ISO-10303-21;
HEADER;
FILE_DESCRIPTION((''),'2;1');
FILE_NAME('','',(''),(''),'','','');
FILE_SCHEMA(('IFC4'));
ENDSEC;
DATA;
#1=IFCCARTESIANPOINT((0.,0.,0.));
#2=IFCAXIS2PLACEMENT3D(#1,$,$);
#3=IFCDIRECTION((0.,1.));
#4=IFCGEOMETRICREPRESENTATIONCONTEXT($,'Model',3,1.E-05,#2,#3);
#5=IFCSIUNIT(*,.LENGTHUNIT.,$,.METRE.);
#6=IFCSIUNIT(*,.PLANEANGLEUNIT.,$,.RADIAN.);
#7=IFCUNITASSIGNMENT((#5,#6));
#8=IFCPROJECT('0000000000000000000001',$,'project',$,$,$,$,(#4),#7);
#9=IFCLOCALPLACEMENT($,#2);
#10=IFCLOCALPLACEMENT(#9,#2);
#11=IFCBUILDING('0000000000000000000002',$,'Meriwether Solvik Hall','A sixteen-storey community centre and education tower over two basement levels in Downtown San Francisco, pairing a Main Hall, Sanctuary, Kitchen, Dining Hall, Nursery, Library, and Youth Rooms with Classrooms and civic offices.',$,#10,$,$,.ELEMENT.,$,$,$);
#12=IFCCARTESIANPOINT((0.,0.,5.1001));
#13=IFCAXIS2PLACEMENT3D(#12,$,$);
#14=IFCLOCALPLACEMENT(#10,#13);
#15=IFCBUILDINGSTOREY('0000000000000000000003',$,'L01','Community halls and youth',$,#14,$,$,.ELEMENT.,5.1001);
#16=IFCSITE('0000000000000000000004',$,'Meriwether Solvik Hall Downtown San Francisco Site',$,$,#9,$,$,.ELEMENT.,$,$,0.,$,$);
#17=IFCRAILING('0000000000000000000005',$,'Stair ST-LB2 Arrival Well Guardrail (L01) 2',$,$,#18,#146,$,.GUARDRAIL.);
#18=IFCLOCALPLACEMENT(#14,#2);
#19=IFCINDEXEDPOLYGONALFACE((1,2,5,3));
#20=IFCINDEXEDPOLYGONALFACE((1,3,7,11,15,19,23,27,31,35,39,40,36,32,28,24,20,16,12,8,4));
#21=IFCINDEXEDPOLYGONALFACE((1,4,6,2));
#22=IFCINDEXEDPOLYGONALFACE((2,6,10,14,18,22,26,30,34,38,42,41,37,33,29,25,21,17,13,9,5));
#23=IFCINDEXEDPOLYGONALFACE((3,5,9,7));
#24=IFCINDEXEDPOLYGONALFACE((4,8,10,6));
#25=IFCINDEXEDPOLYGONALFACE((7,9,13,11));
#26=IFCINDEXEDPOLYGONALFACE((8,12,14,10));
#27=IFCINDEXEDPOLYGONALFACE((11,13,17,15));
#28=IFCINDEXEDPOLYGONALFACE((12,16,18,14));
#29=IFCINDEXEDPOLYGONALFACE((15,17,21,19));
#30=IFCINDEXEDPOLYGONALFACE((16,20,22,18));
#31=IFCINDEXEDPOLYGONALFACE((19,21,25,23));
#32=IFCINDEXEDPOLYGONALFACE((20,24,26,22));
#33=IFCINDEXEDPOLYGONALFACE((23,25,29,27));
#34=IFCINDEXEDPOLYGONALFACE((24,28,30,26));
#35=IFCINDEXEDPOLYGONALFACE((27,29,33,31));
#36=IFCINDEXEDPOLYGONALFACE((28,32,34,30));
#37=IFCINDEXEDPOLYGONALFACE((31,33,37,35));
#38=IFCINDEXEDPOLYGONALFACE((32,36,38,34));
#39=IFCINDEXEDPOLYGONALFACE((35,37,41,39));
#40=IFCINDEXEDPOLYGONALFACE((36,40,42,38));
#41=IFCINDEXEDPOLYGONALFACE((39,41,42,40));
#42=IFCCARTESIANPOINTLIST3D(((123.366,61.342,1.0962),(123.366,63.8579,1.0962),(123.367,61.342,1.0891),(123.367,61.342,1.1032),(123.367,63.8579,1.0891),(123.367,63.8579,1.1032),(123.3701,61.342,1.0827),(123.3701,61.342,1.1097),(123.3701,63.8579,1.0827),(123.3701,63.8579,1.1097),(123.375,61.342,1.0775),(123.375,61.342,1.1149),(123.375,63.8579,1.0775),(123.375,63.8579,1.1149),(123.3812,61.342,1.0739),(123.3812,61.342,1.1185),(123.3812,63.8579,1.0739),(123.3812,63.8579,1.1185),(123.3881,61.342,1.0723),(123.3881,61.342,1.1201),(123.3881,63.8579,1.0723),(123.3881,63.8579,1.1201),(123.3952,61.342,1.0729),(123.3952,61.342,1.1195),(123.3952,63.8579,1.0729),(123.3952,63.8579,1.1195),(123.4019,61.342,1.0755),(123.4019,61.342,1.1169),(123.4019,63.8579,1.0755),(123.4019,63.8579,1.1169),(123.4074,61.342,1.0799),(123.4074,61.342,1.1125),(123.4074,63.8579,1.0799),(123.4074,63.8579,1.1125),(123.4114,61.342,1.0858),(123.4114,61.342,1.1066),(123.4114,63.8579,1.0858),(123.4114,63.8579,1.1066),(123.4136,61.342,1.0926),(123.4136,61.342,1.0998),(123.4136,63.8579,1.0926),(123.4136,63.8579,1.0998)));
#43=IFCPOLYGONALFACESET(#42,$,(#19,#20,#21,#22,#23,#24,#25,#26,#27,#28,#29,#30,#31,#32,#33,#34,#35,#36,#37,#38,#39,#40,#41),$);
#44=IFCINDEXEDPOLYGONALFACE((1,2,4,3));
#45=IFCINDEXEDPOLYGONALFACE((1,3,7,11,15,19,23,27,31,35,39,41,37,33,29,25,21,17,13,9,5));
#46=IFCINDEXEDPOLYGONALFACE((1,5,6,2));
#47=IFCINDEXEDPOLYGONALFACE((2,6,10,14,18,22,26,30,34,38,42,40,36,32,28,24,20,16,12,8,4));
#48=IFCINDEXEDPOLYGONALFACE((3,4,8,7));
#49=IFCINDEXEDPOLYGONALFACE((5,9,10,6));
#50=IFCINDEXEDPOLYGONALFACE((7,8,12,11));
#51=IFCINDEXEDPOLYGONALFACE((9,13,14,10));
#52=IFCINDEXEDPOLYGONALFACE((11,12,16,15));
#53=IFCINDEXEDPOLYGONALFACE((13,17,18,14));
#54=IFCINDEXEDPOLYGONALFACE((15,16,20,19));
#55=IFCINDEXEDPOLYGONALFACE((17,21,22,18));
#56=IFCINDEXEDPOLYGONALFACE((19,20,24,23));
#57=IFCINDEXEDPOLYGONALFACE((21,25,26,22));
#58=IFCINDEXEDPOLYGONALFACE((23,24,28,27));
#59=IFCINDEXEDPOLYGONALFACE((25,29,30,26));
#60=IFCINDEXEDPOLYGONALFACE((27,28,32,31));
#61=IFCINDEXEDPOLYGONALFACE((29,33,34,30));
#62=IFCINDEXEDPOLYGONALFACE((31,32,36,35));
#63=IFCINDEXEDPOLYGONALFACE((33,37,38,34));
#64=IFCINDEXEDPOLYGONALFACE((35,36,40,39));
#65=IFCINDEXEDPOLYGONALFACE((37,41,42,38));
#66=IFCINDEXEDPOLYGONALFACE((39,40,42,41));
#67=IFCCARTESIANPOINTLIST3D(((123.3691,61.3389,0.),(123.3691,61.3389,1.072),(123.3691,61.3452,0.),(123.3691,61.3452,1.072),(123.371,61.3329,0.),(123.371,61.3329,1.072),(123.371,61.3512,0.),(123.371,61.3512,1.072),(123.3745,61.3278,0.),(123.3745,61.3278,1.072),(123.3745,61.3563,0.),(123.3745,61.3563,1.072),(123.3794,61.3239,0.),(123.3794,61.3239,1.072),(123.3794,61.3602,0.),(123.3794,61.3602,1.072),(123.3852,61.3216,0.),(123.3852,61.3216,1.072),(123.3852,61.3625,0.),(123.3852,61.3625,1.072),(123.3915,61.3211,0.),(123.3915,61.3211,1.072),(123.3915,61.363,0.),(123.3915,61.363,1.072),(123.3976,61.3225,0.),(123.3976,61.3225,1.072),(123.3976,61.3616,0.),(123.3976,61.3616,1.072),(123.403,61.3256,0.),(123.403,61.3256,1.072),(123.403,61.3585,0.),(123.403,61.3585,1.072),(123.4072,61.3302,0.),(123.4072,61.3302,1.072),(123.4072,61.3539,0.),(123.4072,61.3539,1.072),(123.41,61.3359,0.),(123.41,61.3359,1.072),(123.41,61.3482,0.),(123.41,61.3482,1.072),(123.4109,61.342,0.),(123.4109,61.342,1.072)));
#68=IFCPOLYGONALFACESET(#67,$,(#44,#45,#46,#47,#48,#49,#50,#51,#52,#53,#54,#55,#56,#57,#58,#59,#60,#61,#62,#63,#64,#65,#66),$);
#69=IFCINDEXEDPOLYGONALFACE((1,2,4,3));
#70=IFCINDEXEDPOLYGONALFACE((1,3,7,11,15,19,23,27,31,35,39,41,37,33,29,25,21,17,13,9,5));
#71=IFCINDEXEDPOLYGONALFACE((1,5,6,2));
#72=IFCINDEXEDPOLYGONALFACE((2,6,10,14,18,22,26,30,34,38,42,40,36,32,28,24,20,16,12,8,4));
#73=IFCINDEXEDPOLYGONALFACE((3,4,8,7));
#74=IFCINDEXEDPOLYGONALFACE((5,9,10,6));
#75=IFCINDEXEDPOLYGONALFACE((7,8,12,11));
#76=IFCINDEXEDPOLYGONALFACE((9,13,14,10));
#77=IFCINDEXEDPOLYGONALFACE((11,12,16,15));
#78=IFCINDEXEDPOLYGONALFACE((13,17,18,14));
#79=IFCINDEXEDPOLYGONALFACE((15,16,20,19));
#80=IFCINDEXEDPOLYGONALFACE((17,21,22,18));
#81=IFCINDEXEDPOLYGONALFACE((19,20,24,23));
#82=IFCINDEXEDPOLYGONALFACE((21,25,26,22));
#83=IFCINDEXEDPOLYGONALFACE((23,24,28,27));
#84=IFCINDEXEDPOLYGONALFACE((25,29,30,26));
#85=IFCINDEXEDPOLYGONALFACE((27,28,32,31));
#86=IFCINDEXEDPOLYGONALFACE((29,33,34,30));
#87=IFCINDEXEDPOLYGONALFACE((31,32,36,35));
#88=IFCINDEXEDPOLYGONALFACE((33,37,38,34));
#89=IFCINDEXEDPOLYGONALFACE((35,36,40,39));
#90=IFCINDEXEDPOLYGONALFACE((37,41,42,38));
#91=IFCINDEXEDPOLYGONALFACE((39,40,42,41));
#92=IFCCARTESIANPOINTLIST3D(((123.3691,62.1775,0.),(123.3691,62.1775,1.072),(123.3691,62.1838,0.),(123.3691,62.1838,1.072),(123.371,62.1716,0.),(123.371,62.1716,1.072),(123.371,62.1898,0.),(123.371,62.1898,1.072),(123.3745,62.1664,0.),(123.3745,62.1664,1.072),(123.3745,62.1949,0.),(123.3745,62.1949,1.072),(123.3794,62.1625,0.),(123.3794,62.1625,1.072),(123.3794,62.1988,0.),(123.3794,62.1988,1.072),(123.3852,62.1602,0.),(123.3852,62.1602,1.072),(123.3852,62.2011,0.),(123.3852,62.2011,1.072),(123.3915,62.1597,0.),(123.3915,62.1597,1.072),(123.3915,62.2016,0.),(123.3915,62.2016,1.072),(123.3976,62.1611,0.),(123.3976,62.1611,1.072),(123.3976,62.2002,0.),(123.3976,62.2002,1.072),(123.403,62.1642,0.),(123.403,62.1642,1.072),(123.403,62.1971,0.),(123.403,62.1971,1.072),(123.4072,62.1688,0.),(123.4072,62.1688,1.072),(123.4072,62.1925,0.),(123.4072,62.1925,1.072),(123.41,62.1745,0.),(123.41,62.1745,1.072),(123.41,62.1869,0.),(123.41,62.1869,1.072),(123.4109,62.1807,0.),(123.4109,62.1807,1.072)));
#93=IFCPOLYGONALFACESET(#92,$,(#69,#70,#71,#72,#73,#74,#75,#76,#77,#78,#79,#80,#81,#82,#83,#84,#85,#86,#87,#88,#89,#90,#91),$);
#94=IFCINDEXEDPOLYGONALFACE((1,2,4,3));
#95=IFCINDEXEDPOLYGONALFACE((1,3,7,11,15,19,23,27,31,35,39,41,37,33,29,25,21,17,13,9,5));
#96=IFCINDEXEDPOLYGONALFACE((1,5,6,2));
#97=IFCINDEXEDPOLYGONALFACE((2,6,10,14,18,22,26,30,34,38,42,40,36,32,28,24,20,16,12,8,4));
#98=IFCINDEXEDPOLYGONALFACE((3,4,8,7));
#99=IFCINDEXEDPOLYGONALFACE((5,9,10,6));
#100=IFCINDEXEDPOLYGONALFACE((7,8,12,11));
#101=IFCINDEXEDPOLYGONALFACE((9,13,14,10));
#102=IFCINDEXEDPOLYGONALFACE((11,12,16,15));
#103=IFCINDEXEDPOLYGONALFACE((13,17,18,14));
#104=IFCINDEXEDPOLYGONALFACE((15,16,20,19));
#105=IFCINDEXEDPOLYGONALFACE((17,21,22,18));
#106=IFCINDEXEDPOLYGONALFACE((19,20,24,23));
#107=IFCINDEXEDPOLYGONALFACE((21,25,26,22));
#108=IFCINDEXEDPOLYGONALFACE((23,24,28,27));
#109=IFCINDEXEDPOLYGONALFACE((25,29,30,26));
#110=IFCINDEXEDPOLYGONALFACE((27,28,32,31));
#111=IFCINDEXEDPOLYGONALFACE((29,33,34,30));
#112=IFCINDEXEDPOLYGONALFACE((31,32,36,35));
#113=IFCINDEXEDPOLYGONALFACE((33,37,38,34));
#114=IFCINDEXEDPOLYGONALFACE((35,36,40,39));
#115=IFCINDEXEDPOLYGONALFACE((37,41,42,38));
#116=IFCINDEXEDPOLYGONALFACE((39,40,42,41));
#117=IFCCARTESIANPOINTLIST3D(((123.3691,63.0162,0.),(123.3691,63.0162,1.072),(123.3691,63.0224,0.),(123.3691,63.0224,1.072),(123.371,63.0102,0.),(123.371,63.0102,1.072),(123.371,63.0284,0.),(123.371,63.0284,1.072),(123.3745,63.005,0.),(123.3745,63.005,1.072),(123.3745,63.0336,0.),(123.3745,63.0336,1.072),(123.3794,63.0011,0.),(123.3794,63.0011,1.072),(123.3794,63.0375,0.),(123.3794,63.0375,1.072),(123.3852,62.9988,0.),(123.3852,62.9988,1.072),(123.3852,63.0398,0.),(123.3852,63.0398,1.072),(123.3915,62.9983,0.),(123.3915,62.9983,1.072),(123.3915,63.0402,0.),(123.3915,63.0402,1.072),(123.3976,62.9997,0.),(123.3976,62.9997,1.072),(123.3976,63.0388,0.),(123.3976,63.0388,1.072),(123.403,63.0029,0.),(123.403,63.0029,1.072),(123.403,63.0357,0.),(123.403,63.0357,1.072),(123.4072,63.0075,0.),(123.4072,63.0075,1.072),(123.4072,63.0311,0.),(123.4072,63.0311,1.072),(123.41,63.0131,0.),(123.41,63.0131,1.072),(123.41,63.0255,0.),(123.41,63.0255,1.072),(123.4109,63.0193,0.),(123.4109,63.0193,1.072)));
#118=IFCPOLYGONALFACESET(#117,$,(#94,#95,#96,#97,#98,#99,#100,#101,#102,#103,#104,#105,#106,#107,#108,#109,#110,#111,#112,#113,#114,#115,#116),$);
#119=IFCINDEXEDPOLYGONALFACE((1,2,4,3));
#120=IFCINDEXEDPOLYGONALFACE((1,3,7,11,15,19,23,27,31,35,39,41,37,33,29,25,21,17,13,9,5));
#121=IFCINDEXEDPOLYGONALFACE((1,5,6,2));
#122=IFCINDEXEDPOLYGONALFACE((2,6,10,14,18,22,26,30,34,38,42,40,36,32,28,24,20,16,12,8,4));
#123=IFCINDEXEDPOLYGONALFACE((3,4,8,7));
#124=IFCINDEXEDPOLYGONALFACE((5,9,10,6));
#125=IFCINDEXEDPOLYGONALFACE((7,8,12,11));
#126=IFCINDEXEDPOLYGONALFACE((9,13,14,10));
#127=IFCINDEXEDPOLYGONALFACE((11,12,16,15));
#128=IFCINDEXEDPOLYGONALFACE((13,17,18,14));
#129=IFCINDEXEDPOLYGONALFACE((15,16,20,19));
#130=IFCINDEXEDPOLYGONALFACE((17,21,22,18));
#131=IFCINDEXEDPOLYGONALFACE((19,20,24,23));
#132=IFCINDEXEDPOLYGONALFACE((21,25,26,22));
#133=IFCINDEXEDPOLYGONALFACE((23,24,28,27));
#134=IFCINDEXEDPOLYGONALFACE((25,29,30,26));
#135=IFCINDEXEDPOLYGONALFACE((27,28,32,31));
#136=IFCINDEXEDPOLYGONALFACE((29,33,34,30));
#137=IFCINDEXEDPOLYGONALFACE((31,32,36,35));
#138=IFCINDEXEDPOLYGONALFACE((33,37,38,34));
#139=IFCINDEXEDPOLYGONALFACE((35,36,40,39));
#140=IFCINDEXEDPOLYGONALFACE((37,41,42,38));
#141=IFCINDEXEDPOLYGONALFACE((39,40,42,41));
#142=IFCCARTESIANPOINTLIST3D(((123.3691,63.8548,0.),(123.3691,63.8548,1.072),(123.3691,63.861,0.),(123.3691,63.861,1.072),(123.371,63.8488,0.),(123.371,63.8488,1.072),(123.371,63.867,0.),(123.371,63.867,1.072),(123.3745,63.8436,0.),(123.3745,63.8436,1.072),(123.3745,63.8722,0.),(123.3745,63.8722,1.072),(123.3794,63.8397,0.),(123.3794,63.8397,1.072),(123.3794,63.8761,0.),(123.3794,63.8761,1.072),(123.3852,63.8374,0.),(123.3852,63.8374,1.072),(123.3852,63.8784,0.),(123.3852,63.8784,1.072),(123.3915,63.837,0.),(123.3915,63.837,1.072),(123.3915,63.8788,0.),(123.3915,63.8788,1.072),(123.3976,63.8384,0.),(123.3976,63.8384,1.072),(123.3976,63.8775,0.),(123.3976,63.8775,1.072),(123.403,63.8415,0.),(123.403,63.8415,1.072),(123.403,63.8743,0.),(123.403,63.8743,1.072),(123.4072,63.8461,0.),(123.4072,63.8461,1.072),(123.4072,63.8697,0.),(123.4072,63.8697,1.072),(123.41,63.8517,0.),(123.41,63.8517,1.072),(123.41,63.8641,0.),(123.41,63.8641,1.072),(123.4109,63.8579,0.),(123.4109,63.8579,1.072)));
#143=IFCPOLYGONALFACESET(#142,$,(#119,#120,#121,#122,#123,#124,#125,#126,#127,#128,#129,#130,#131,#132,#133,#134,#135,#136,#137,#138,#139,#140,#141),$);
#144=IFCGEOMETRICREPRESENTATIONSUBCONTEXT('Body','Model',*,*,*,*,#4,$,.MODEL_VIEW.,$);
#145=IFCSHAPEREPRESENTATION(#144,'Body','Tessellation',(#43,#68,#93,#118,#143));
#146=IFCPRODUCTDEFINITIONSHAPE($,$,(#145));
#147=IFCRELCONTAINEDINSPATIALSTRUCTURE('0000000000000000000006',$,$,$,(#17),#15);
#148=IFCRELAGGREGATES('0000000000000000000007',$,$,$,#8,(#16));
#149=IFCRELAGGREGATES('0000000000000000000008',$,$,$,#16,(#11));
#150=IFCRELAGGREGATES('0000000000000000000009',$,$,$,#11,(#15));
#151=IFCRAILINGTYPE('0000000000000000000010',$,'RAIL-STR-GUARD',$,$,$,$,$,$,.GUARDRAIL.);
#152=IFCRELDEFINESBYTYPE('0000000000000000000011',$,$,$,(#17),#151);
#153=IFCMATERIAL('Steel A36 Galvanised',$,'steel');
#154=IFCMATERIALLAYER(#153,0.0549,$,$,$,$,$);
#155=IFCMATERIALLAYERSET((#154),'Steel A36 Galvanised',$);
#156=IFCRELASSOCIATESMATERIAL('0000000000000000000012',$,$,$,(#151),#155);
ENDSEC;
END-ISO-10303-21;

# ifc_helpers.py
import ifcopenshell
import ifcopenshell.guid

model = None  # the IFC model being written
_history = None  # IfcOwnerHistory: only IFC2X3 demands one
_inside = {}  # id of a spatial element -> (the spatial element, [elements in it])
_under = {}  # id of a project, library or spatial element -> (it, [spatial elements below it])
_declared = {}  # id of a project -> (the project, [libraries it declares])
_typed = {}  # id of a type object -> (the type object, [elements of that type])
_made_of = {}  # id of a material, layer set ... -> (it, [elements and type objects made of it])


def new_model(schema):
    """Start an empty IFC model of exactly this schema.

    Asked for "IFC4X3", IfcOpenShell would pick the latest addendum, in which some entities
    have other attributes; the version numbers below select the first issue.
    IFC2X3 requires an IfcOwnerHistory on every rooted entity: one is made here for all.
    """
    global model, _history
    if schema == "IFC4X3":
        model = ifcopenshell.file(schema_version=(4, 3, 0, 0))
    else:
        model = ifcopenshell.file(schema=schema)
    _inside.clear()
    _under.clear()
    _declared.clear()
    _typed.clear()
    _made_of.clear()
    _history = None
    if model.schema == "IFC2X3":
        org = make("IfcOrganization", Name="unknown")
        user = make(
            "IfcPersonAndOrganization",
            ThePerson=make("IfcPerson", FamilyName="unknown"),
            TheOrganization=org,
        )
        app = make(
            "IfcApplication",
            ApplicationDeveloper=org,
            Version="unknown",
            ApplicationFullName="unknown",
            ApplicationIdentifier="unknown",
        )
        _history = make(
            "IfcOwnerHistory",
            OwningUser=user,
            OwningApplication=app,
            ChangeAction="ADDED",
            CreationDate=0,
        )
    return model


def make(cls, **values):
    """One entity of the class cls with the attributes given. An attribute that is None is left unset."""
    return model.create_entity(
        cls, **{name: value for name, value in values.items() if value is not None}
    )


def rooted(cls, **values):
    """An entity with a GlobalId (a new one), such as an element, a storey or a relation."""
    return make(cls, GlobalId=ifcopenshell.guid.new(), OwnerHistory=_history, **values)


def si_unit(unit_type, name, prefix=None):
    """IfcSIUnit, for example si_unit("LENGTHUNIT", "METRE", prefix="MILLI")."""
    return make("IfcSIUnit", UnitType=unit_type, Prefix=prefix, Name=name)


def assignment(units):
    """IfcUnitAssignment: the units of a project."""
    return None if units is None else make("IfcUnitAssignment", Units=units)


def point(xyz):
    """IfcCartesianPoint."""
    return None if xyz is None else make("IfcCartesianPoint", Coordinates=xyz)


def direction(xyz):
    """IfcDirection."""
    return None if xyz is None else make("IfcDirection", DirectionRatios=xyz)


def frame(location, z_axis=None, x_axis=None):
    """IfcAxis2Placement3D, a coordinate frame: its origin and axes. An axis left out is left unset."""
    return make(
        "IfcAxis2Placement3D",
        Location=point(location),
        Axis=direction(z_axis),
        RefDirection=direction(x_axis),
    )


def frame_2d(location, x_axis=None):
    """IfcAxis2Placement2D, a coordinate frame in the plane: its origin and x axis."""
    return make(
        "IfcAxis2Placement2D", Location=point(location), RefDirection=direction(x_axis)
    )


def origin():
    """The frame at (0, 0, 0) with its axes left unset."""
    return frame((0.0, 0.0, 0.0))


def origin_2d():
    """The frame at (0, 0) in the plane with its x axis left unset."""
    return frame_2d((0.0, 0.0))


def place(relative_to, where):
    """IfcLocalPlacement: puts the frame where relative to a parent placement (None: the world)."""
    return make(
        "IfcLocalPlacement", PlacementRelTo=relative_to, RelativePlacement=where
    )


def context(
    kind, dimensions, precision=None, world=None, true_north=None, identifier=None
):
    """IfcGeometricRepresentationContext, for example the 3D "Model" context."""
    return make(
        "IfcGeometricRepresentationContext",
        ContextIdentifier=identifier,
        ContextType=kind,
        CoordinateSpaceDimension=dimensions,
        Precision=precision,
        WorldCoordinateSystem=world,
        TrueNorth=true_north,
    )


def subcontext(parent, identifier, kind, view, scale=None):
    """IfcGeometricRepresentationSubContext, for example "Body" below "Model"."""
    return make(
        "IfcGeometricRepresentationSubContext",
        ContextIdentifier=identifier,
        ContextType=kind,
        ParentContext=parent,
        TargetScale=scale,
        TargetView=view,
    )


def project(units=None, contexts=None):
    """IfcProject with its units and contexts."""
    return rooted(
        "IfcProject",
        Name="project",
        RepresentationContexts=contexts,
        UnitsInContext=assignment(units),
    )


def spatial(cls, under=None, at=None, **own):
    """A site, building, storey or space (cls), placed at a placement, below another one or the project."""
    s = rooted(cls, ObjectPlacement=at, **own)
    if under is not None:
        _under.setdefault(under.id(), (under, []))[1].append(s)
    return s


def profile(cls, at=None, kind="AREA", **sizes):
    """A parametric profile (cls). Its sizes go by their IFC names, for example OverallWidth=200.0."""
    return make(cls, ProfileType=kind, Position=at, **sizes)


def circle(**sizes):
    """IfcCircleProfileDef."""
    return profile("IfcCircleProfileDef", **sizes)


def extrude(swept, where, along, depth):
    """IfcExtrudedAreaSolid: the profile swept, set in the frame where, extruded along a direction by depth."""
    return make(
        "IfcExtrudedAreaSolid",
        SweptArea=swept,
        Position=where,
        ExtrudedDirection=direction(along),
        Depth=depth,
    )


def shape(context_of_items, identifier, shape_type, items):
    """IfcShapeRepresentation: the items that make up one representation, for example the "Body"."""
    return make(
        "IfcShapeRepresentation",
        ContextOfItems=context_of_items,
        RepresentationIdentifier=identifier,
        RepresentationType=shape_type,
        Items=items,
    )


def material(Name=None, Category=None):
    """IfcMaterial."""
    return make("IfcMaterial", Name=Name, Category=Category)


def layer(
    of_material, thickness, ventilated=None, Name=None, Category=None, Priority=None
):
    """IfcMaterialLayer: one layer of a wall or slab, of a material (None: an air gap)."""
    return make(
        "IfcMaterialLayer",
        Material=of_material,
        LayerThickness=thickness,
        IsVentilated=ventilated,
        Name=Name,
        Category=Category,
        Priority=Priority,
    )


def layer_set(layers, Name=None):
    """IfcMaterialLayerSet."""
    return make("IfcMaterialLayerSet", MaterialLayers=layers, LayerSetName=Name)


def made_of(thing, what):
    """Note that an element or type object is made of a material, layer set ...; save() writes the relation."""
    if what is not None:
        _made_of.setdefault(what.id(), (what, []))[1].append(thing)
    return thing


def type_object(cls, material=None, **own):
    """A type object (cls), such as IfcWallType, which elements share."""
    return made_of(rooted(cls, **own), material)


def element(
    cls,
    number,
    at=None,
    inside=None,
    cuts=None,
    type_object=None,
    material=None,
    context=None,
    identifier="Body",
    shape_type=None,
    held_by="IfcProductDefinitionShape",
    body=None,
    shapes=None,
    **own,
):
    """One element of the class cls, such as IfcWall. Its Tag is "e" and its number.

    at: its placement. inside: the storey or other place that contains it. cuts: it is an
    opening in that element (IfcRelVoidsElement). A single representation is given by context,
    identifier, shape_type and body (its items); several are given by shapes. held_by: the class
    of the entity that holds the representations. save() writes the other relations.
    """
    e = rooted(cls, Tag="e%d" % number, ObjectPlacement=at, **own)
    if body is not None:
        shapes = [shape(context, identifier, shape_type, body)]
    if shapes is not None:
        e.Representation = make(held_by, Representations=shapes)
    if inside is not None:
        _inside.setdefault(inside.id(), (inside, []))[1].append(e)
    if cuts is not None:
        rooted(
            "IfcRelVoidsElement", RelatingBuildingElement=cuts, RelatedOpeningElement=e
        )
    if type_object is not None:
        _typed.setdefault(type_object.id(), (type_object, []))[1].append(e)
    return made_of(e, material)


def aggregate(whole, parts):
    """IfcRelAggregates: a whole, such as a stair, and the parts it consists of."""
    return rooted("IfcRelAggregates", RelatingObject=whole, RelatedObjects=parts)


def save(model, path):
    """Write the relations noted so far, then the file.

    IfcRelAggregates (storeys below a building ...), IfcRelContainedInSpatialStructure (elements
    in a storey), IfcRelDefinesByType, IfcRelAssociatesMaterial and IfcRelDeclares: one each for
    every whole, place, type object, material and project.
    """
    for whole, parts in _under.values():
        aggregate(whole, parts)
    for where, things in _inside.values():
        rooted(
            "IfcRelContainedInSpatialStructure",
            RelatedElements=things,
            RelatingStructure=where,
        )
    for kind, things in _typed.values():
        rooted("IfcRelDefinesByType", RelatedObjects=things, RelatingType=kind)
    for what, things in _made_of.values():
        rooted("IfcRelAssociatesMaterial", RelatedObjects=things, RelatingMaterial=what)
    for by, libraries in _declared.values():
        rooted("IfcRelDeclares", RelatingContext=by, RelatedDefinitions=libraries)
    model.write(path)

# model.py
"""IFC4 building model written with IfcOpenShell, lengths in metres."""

from ifc_helpers import new_model, si_unit, direction, frame, origin, origin_2d, place, context, subcontext, project, spatial, circle, extrude, material, layer, layer_set, type_object, element, save


model = new_model("IFC4")

# Units and contexts
model_context = context("Model", 3, precision=1e-05, world=origin(), true_north=direction((0.0, 1.0)))
body_context = subcontext(model_context, "Body", "Model", "MODEL_VIEW")
ifc_project = project(units=[si_unit("LENGTHUNIT", "METRE"), si_unit("PLANEANGLEUNIT", "RADIAN")], contexts=[model_context])

# Site, building, storey
site_placement = place(None, origin())
site = spatial("IfcSite", under=ifc_project, at=site_placement, Name="Meriwether Solvik Hall Downtown San Francisco Site", CompositionType="ELEMENT", RefElevation=0.0)
building_placement = place(site_placement, origin())
building = spatial("IfcBuilding", under=site, at=building_placement, Name="Meriwether Solvik Hall", Description="A sixteen-storey community centre and education tower over two basement levels in Downtown San Francisco, pairing a Main Hall, Sanctuary, Kitchen, Dining Hall, Nursery, Library, and Youth Rooms with Classrooms and civic offices.", CompositionType="ELEMENT")
storey_placement = place(building_placement, frame((0.0, 0.0, 5.1001)))
storey = spatial("IfcBuildingStorey", under=building, at=storey_placement, Name="L01", Description="Community halls and youth", CompositionType="ELEMENT", Elevation=5.1001)

# Railing
ifc_material_1 = material(Name="Steel A36 Galvanised", Category="steel")
ifc_layer_1 = layer(ifc_material_1, 0.0549)
ifc_layer_set_1 = layer_set([ifc_layer_1], Name="Steel A36 Galvanised")
railing_type_1 = type_object("IfcRailingType", Name="RAIL-STR-GUARD", PredefinedType="GUARDRAIL", material=ifc_layer_set_1)
railing_1_placement = place(storey_placement, frame((123.3899, 61.342, 0.0)))
element("IfcRailing", 1, at=railing_1_placement, inside=storey, type_object=railing_type_1, Name="Stair ST-LB2 Arrival Well Guardrail (L01) 2", PredefinedType="GUARDRAIL", context=body_context, shape_type="SweptSolid", body=[
    extrude(circle(Radius=0.0239, at=origin_2d()), frame((0.0, 0.0, 1.0962), z_axis=(0.0, 1.0, 0.0), x_axis=(-1.0, 0.0, 0.0)), (0.0, 0.0, 1.0), 2.5159),
    extrude(circle(Radius=0.021, at=origin_2d()), origin(), (0.0, 0.0, 1.0), 1.072),
    extrude(circle(Radius=0.021, at=origin_2d()), frame((0.0, 0.8386, 0.0)), (0.0, 0.0, 1.0), 1.072),
    extrude(circle(Radius=0.021, at=origin_2d()), frame((0.0, 1.6772, 0.0)), (0.0, 0.0, 1.0), 1.072),
    extrude(circle(Radius=0.021, at=origin_2d()), frame((0.0, 2.5159, 0.0)), (0.0, 0.0, 1.0), 1.072),
])

save(model, "model.ifc")
